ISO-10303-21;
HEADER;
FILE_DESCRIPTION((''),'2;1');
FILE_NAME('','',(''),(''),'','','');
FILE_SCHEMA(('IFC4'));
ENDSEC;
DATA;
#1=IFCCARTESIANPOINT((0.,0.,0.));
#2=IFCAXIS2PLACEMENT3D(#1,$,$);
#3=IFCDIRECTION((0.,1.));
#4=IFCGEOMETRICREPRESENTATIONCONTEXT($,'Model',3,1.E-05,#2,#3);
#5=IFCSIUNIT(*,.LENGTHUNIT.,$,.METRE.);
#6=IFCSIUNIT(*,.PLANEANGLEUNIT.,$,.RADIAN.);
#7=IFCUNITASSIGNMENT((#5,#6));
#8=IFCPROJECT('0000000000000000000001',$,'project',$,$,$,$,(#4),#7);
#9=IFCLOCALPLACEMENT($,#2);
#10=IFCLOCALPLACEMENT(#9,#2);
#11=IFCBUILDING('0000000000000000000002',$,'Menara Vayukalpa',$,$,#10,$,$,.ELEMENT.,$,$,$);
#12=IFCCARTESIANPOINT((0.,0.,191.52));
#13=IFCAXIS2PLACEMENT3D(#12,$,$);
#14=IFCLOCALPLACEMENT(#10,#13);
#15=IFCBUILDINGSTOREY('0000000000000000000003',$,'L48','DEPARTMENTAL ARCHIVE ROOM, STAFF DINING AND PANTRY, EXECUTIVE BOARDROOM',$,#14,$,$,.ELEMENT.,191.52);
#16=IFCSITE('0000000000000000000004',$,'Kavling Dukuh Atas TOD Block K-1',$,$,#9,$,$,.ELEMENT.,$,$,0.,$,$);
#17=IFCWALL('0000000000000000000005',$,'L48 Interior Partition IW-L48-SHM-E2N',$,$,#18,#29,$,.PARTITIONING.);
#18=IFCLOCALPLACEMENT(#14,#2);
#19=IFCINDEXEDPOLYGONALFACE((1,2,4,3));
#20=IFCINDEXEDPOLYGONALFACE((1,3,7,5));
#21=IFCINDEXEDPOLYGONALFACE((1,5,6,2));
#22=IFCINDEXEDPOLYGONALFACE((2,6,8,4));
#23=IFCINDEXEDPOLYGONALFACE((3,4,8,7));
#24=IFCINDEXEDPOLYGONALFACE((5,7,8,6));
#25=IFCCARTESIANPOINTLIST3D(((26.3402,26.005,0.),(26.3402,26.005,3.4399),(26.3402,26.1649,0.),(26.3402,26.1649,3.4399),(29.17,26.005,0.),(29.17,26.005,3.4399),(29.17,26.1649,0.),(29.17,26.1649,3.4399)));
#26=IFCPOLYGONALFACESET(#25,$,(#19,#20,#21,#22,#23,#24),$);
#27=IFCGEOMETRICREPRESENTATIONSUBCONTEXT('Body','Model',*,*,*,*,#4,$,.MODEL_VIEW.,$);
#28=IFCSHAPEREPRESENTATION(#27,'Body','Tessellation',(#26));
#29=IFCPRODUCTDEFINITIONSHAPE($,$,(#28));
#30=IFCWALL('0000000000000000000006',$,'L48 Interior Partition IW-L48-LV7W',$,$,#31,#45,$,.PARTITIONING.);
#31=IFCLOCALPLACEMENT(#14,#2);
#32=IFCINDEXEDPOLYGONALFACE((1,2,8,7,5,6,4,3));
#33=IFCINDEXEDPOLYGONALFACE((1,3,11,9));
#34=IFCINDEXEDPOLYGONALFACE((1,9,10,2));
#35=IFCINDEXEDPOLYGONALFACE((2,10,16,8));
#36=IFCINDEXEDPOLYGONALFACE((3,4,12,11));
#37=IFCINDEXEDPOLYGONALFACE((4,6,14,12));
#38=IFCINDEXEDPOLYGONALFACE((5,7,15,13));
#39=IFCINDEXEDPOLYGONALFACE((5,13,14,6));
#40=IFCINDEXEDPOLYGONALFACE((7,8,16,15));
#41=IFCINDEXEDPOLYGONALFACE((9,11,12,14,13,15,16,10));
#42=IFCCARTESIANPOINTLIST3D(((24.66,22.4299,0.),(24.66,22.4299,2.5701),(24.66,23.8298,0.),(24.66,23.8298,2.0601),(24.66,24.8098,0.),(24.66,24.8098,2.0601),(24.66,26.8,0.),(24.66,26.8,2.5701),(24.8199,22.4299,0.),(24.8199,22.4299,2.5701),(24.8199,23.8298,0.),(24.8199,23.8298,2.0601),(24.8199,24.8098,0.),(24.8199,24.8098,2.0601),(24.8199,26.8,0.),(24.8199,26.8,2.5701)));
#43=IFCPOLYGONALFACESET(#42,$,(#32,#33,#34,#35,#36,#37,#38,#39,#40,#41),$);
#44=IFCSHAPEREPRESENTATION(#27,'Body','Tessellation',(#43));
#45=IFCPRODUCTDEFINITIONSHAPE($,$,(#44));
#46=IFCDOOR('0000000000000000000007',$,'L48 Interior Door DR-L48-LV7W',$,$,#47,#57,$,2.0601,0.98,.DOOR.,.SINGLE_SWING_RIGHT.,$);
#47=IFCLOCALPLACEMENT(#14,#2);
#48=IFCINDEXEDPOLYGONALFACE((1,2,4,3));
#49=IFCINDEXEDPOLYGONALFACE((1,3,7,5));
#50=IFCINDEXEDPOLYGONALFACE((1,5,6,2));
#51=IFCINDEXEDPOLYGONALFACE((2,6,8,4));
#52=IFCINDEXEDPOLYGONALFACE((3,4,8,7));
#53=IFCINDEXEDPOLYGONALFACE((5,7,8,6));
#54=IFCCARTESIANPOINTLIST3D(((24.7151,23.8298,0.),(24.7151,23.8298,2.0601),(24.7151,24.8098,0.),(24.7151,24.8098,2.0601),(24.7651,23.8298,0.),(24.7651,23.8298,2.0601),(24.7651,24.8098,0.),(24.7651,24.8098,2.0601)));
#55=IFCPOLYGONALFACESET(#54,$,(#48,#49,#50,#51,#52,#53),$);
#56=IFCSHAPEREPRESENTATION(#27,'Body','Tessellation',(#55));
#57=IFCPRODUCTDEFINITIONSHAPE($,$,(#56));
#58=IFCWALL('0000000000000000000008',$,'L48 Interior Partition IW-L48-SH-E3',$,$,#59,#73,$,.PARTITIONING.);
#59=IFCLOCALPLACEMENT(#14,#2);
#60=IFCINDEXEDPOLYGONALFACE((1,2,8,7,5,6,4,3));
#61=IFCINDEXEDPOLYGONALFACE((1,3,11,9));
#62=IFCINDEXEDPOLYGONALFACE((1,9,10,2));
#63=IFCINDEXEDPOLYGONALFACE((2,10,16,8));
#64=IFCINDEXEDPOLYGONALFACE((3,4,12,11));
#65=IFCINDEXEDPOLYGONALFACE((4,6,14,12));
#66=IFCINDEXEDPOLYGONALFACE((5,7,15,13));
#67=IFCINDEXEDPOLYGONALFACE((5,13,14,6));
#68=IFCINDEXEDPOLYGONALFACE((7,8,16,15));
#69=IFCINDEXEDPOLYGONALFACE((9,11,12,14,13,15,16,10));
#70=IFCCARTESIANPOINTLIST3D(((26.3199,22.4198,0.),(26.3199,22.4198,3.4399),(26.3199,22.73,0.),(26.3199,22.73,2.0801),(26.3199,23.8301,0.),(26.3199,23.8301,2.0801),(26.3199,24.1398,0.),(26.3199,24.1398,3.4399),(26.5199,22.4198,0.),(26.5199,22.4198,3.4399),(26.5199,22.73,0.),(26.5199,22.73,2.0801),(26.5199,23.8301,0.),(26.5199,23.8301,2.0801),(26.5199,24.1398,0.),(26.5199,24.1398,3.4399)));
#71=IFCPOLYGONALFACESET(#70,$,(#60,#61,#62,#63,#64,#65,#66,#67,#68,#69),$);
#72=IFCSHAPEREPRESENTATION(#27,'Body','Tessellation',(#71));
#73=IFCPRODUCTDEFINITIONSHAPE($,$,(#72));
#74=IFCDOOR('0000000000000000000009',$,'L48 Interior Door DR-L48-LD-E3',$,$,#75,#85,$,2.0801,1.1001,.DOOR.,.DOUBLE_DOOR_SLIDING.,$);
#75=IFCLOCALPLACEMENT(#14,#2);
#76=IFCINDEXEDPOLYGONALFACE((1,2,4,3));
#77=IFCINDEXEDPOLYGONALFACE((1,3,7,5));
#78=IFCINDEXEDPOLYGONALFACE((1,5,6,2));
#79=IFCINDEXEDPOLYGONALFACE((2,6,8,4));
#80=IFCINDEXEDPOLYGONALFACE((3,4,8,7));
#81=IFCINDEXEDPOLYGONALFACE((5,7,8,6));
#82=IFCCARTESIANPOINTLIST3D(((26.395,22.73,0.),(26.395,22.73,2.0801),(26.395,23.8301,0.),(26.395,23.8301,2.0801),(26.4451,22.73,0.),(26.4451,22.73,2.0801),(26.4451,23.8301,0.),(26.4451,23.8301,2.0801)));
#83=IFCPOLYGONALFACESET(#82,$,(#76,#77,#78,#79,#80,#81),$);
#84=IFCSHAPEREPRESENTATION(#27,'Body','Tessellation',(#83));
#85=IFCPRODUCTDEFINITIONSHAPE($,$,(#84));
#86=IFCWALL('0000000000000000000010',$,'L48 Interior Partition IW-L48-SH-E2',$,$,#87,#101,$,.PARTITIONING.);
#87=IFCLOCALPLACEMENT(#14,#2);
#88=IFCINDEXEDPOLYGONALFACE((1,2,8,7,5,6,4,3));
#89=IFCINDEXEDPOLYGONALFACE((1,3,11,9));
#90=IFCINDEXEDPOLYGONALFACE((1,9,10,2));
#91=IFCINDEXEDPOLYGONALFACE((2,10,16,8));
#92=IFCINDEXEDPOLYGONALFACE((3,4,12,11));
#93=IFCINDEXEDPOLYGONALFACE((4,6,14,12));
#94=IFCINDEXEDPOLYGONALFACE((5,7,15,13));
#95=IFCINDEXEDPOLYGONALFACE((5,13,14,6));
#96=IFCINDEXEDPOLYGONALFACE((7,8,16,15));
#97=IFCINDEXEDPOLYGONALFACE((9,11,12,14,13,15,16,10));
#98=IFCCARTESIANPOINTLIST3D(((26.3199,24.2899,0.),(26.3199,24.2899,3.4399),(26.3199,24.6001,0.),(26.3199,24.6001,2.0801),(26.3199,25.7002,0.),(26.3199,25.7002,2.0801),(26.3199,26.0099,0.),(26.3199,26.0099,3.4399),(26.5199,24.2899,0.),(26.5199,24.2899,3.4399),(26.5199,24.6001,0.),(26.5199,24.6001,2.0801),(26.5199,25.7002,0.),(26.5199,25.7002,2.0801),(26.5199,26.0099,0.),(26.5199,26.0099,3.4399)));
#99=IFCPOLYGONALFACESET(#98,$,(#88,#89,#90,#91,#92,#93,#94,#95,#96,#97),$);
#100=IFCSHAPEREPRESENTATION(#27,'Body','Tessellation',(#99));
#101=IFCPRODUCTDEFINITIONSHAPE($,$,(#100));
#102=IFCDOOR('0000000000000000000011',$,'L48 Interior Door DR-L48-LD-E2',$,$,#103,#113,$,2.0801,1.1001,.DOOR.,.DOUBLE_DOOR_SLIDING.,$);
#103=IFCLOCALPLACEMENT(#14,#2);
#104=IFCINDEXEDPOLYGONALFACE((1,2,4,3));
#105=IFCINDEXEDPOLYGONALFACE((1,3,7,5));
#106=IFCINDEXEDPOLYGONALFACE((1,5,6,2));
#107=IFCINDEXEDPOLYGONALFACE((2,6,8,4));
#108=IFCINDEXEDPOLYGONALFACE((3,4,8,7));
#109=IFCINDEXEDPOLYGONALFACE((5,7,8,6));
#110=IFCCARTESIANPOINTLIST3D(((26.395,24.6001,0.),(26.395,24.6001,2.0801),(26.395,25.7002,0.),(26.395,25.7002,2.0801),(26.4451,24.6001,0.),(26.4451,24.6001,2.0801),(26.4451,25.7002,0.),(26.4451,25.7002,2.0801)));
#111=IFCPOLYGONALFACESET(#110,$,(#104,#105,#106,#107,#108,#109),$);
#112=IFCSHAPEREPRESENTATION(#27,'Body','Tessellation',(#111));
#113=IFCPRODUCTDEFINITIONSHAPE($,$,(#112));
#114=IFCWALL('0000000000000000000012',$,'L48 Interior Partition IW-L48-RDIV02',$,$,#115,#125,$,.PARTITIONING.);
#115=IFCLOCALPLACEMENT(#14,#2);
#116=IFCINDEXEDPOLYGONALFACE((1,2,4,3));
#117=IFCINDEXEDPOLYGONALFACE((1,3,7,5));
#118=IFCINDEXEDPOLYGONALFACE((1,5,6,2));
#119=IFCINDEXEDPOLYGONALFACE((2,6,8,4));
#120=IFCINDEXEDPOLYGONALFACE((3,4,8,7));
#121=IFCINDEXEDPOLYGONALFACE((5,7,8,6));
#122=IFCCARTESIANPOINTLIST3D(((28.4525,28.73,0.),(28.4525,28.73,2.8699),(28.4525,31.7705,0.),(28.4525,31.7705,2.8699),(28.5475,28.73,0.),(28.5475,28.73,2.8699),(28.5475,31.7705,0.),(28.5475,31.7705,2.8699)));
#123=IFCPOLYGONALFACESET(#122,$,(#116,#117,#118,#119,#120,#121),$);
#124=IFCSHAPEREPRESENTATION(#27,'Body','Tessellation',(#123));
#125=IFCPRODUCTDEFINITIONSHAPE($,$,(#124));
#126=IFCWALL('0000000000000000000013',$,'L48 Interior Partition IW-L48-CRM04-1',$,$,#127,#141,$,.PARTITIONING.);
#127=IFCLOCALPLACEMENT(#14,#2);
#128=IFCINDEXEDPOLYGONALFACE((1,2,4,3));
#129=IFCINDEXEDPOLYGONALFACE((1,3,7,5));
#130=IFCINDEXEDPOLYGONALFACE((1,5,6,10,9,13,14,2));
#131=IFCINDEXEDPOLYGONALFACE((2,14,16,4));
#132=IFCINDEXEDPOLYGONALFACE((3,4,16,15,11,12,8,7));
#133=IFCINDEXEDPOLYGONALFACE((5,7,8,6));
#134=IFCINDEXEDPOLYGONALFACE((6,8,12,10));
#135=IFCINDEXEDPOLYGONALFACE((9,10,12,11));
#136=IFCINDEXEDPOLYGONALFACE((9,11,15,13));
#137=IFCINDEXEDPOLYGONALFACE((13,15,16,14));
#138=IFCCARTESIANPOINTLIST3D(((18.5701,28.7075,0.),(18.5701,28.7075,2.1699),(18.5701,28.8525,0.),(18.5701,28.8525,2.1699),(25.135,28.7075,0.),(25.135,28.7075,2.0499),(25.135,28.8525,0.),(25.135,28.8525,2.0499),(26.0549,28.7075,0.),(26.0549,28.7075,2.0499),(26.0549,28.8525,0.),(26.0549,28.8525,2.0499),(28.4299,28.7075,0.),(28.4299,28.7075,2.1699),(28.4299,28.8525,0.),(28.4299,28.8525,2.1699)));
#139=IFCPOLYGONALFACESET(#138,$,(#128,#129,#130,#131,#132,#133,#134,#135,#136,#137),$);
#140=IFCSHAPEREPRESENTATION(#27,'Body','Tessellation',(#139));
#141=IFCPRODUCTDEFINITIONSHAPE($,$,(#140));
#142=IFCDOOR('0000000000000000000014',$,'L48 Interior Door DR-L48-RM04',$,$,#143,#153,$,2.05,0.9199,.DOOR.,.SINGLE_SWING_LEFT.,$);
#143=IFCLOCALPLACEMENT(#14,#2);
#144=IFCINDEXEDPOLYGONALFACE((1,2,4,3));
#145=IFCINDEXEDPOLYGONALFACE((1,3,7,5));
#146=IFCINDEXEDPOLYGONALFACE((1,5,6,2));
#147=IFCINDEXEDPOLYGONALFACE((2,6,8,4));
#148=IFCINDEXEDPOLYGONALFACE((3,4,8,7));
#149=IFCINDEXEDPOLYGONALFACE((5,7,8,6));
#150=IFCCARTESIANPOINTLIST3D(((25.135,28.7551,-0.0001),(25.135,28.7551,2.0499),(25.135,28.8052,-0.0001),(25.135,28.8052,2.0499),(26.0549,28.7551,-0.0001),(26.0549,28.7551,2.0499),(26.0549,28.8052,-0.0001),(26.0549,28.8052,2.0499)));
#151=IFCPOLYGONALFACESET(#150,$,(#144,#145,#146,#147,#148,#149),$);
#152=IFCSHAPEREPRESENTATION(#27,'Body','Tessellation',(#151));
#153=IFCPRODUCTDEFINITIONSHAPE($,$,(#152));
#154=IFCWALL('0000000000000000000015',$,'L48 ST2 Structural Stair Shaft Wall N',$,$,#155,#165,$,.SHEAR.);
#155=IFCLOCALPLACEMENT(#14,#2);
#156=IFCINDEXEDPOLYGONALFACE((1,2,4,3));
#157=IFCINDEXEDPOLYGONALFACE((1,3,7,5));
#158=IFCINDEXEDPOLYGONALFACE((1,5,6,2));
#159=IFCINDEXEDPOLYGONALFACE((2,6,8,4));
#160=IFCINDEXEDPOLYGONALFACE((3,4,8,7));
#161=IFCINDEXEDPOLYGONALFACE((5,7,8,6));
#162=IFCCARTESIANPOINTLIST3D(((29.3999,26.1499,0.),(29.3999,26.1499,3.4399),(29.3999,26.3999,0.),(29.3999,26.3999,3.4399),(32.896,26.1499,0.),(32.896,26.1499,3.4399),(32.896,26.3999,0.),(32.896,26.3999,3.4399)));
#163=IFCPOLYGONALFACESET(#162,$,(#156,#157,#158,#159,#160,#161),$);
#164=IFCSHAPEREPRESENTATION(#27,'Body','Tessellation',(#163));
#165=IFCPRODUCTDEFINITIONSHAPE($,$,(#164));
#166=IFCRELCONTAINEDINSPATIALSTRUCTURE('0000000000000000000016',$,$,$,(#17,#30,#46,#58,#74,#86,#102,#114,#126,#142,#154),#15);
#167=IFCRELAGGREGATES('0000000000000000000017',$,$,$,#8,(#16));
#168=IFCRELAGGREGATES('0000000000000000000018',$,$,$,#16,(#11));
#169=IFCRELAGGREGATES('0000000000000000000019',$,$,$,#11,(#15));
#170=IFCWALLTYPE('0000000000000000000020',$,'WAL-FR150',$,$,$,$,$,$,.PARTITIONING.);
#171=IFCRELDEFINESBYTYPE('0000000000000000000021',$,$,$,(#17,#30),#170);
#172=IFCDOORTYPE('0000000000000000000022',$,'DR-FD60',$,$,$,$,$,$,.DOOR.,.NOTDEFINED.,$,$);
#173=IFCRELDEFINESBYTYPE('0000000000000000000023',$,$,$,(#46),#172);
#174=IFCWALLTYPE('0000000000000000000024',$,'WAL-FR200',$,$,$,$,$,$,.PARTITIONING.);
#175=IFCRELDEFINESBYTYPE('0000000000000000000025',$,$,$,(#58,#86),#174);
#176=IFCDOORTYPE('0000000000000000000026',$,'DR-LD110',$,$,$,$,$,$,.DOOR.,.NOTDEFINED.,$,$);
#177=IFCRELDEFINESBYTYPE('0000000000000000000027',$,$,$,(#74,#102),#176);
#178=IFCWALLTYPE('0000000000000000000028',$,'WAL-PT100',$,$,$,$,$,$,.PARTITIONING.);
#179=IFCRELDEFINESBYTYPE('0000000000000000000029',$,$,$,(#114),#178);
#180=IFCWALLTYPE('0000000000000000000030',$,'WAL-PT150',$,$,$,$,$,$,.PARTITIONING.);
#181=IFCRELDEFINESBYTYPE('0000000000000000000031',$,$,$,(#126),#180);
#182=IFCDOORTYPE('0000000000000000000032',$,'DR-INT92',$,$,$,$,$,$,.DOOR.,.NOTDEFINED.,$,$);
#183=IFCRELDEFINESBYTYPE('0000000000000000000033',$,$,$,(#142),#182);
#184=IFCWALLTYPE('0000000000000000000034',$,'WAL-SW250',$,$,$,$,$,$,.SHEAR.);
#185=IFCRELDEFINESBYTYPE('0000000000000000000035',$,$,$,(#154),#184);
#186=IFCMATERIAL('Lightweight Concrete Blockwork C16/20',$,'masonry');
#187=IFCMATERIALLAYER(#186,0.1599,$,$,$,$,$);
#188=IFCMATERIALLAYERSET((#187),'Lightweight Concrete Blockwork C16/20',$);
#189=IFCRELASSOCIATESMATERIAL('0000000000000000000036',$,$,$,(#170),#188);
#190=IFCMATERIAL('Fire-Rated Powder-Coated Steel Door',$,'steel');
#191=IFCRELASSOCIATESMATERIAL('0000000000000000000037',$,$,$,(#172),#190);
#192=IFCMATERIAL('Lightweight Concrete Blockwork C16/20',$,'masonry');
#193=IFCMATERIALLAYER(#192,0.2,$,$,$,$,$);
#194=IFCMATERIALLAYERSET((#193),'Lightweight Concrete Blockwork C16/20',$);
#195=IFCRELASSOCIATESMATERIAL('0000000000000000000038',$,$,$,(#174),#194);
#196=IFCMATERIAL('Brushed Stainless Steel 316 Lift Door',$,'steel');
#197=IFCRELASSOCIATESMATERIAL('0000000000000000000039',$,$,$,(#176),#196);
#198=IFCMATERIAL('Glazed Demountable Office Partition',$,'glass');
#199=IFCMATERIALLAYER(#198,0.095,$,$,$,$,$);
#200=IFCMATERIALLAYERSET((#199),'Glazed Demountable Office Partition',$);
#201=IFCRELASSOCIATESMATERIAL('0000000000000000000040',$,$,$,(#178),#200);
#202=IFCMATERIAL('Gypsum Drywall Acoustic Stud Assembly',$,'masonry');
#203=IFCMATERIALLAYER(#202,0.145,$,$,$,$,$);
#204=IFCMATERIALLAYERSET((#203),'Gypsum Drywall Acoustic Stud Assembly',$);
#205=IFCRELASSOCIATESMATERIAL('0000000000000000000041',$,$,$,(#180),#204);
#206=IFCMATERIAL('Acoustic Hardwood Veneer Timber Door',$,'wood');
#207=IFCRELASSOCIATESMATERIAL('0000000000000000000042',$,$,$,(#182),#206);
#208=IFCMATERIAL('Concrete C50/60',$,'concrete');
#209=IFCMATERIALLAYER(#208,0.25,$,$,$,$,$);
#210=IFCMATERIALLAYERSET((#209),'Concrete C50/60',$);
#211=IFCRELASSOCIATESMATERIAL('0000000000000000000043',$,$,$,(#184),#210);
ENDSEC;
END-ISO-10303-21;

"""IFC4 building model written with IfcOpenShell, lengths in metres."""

from ifc_helpers import new_model, si_unit, direction, frame, frame_2d, origin, place, context, subcontext, project, spatial, rectangle, extrude, material, layer, layer_set, type_object, element, fill, save


model = new_model("IFC4")

# Units and contexts
model_context = context("Model", 3, precision=1e-05, world=origin(), true_north=direction((0.0, 1.0)))
body_context = subcontext(model_context, "Body", "Model", "MODEL_VIEW")
ifc_project = project(units=[si_unit("LENGTHUNIT", "METRE"), si_unit("PLANEANGLEUNIT", "RADIAN")], contexts=[model_context])

# Site, building, storey
site_placement = place(None, origin())
site = spatial("IfcSite", under=ifc_project, at=site_placement, Name="Kavling Dukuh Atas TOD Block K-1", CompositionType="ELEMENT", RefElevation=0.0)
building_placement = place(site_placement, origin())
building = spatial("IfcBuilding", under=site, at=building_placement, Name="Menara Vayukalpa", CompositionType="ELEMENT")
storey_placement = place(building_placement, frame((0.0, 0.0, 191.52)))
storey = spatial("IfcBuildingStorey", under=building, at=storey_placement, Name="L48", Description="DEPARTMENTAL ARCHIVE ROOM, STAFF DINING AND PANTRY, EXECUTIVE BOARDROOM", CompositionType="ELEMENT", Elevation=191.52)

# Wall
ifc_material_1 = material(Name="Lightweight Concrete Blockwork C16/20", Category="masonry")
ifc_layer_1 = layer(ifc_material_1, 0.1599)
ifc_layer_set_1 = layer_set([ifc_layer_1], Name="Lightweight Concrete Blockwork C16/20")
wall_type_1 = type_object("IfcWallType", Name="WAL-FR150", PredefinedType="PARTITIONING", material=ifc_layer_set_1)
wall_1_placement = place(storey_placement, frame((26.3401, 26.085, 0.0), z_axis=(0.0, 0.0, 1.0), x_axis=(1.0, 0.0, 0.0)))
element("IfcWall", 1, at=wall_1_placement, inside=storey, type_object=wall_type_1, Name="L48 Interior Partition IW-L48-SHM-E2N", PredefinedType="PARTITIONING", context=body_context, shape_type="SweptSolid", body=[
    extrude(rectangle(XDim=2.8298, YDim=0.1599, at=frame_2d((1.415, 0.0))), origin(), (0.0, 0.0, 1.0), 3.4399),
])

# Walls, openings, doors
wall_2_placement = place(storey_placement, frame((24.74, 22.4299, 0.0), z_axis=(0.0, 0.0, 1.0), x_axis=(0.0, 1.0, 0.0)))
wall_2 = element("IfcWall", 2, at=wall_2_placement, inside=storey, type_object=wall_type_1, Name="L48 Interior Partition IW-L48-LV7W", PredefinedType="PARTITIONING", context=body_context, shape_type="SweptSolid", body=[
    extrude(rectangle(XDim=4.3701, YDim=0.1599, at=frame_2d((2.1851, 0.0))), origin(), (0.0, 0.0, 1.0), 2.5701),
])
opening_1_placement = place(wall_2_placement, frame((1.3999, 0.0, 0.0)))
opening_1 = element("IfcOpeningElement", 3, at=opening_1_placement, cuts=wall_2, PredefinedType="OPENING", context=body_context, shape_type="SweptSolid", body=[
    extrude(rectangle(XDim=0.98, YDim=2.0601, at=frame_2d((0.49, 1.03))), frame((0.0, 0.0898, 0.0), z_axis=(0.0, -1.0, 0.0), x_axis=(1.0, 0.0, 0.0)), (0.0, 0.0, 1.0), 0.1799),
])
ifc_material_2 = material(Name="Fire-Rated Powder-Coated Steel Door", Category="steel")
door_type_1 = type_object("IfcDoorType", Name="DR-FD60", OperationType="NOTDEFINED", PredefinedType="DOOR", material=ifc_material_2)
door_1_placement = place(opening_1_placement, origin())
door_1 = element("IfcDoor", 4, at=door_1_placement, inside=storey, type_object=door_type_1, Name="L48 Interior Door DR-L48-LV7W", OperationType="SINGLE_SWING_RIGHT", OverallHeight=2.0601, OverallWidth=0.98, PredefinedType="DOOR", context=body_context, shape_type="SweptSolid", body=[
    extrude(rectangle(XDim=0.98, YDim=2.0601, at=frame_2d((0.49, 1.03))), frame((0.0, 0.0249, 0.0), z_axis=(0.0, -1.0, 0.0), x_axis=(1.0, 0.0, 0.0)), (0.0, 0.0, 1.0), 0.05),
])
fill(opening_1, door_1)
ifc_material_3 = material(Name="Lightweight Concrete Blockwork C16/20", Category="masonry")
ifc_layer_2 = layer(ifc_material_3, 0.2)
ifc_layer_set_2 = layer_set([ifc_layer_2], Name="Lightweight Concrete Blockwork C16/20")
wall_type_2 = type_object("IfcWallType", Name="WAL-FR200", PredefinedType="PARTITIONING", material=ifc_layer_set_2)
wall_3_placement = place(storey_placement, frame((26.4199, 22.4199, 0.0), z_axis=(0.0, 0.0, 1.0), x_axis=(0.0, 1.0, 0.0)))
wall_3 = element("IfcWall", 5, at=wall_3_placement, inside=storey, type_object=wall_type_2, Name="L48 Interior Partition IW-L48-SH-E3", PredefinedType="PARTITIONING", context=body_context, shape_type="SweptSolid", body=[
    extrude(rectangle(XDim=1.72, YDim=0.2, at=frame_2d((0.8599, 0.0))), origin(), (0.0, 0.0, 1.0), 3.4399),
])
opening_2_placement = place(wall_3_placement, frame((0.3101, 0.0, 0.0)))
opening_2 = element("IfcOpeningElement", 6, at=opening_2_placement, cuts=wall_3, PredefinedType="OPENING", context=body_context, shape_type="SweptSolid", body=[
    extrude(rectangle(XDim=1.1001, YDim=2.0801, at=frame_2d((0.55, 1.04))), frame((0.0, 0.1099, 0.0), z_axis=(0.0, -1.0, 0.0), x_axis=(1.0, 0.0, 0.0)), (0.0, 0.0, 1.0), 0.22),
])
ifc_material_4 = material(Name="Brushed Stainless Steel 316 Lift Door", Category="steel")
door_type_2 = type_object("IfcDoorType", Name="DR-LD110", OperationType="NOTDEFINED", PredefinedType="DOOR", material=ifc_material_4)
door_2_placement = place(opening_2_placement, origin())
door_2 = element("IfcDoor", 7, at=door_2_placement, inside=storey, type_object=door_type_2, Name="L48 Interior Door DR-L48-LD-E3", OperationType="DOUBLE_DOOR_SLIDING", OverallHeight=2.0801, OverallWidth=1.1001, PredefinedType="DOOR", context=body_context, shape_type="SweptSolid", body=[
    extrude(rectangle(XDim=1.1001, YDim=2.0801, at=frame_2d((0.55, 1.04))), frame((0.0, 0.0249, 0.0), z_axis=(0.0, -1.0, 0.0), x_axis=(1.0, 0.0, 0.0)), (0.0, 0.0, 1.0), 0.05),
])
fill(opening_2, door_2)
wall_4_placement = place(storey_placement, frame((26.4199, 24.29, 0.0), z_axis=(0.0, 0.0, 1.0), x_axis=(0.0, 1.0, 0.0)))
wall_4 = element("IfcWall", 8, at=wall_4_placement, inside=storey, type_object=wall_type_2, Name="L48 Interior Partition IW-L48-SH-E2", PredefinedType="PARTITIONING", context=body_context, shape_type="SweptSolid", body=[
    extrude(rectangle(XDim=1.72, YDim=0.2, at=frame_2d((0.8599, 0.0))), origin(), (0.0, 0.0, 1.0), 3.4399),
])
opening_3_placement = place(wall_4_placement, frame((0.3101, 0.0, 0.0)))
opening_3 = element("IfcOpeningElement", 9, at=opening_3_placement, cuts=wall_4, PredefinedType="OPENING", context=body_context, shape_type="SweptSolid", body=[
    extrude(rectangle(XDim=1.1001, YDim=2.0801, at=frame_2d((0.55, 1.04))), frame((0.0, 0.1099, 0.0), z_axis=(0.0, -1.0, 0.0), x_axis=(1.0, 0.0, 0.0)), (0.0, 0.0, 1.0), 0.22),
])
door_3_placement = place(opening_3_placement, origin())
door_3 = element("IfcDoor", 10, at=door_3_placement, inside=storey, type_object=door_type_2, Name="L48 Interior Door DR-L48-LD-E2", OperationType="DOUBLE_DOOR_SLIDING", OverallHeight=2.0801, OverallWidth=1.1001, PredefinedType="DOOR", context=body_context, shape_type="SweptSolid", body=[
    extrude(rectangle(XDim=1.1001, YDim=2.0801, at=frame_2d((0.55, 1.04))), frame((0.0, 0.0249, 0.0), z_axis=(0.0, -1.0, 0.0), x_axis=(1.0, 0.0, 0.0)), (0.0, 0.0, 1.0), 0.05),
])
fill(opening_3, door_3)

# Wall
ifc_material_5 = material(Name="Glazed Demountable Office Partition", Category="glass")
ifc_layer_3 = layer(ifc_material_5, 0.095)
ifc_layer_set_3 = layer_set([ifc_layer_3], Name="Glazed Demountable Office Partition")
wall_type_3 = type_object("IfcWallType", Name="WAL-PT100", PredefinedType="PARTITIONING", material=ifc_layer_set_3)
wall_5_placement = place(storey_placement, frame((28.5, 28.73, 0.0), z_axis=(0.0, 0.0, 1.0), x_axis=(0.0, 1.0, 0.0)))
element("IfcWall", 11, at=wall_5_placement, inside=storey, type_object=wall_type_3, Name="L48 Interior Partition IW-L48-RDIV02", PredefinedType="PARTITIONING", context=body_context, shape_type="SweptSolid", body=[
    extrude(rectangle(XDim=3.0405, YDim=0.095, at=frame_2d((1.5203, 0.0))), origin(), (0.0, 0.0, 1.0), 2.8699),
])

# Wall, opening, door
ifc_material_6 = material(Name="Gypsum Drywall Acoustic Stud Assembly", Category="masonry")
ifc_layer_4 = layer(ifc_material_6, 0.145)
ifc_layer_set_4 = layer_set([ifc_layer_4], Name="Gypsum Drywall Acoustic Stud Assembly")
wall_type_4 = type_object("IfcWallType", Name="WAL-PT150", PredefinedType="PARTITIONING", material=ifc_layer_set_4)
wall_6_placement = place(storey_placement, frame((28.4299, 28.78, 0.0), z_axis=(0.0, 0.0, 1.0), x_axis=(-1.0, 0.0, 0.0)))
wall_6 = element("IfcWall", 12, at=wall_6_placement, inside=storey, type_object=wall_type_4, Name="L48 Interior Partition IW-L48-CRM04-1", PredefinedType="PARTITIONING", context=body_context, shape_type="SweptSolid", body=[
    extrude(rectangle(XDim=9.8599, YDim=0.145, at=frame_2d((4.9299, 0.0))), origin(), (0.0, 0.0, 1.0), 2.1699),
])
opening_4_placement = place(wall_6_placement, frame((2.375, 0.0, 0.0)))
opening_4 = element("IfcOpeningElement", 13, at=opening_4_placement, cuts=wall_6, PredefinedType="OPENING", context=body_context, shape_type="SweptSolid", body=[
    extrude(rectangle(XDim=0.9199, YDim=2.05, at=frame_2d((0.46, 1.0249))), frame((0.0, 0.0825, 0.0), z_axis=(0.0, -1.0, 0.0), x_axis=(1.0, 0.0, 0.0)), (0.0, 0.0, 1.0), 0.165),
])
ifc_material_7 = material(Name="Acoustic Hardwood Veneer Timber Door", Category="wood")
door_type_3 = type_object("IfcDoorType", Name="DR-INT92", OperationType="NOTDEFINED", PredefinedType="DOOR", material=ifc_material_7)
door_4_placement = place(opening_4_placement, origin())
door_4 = element("IfcDoor", 14, at=door_4_placement, inside=storey, type_object=door_type_3, Name="L48 Interior Door DR-L48-RM04", OperationType="SINGLE_SWING_LEFT", OverallHeight=2.05, OverallWidth=0.9199, PredefinedType="DOOR", context=body_context, shape_type="SweptSolid", body=[
    extrude(rectangle(XDim=0.9199, YDim=2.05, at=frame_2d((0.46, 1.0249))), frame((0.0, 0.0249, 0.0), z_axis=(0.0, -1.0, 0.0), x_axis=(1.0, 0.0, 0.0)), (0.0, 0.0, 1.0), 0.05),
])
fill(opening_4, door_4)

# Wall
ifc_material_8 = material(Name="Concrete C50/60", Category="concrete")
ifc_layer_5 = layer(ifc_material_8, 0.25)
ifc_layer_set_5 = layer_set([ifc_layer_5], Name="Concrete C50/60")
wall_type_5 = type_object("IfcWallType", Name="WAL-SW250", PredefinedType="SHEAR", material=ifc_layer_set_5)
wall_7_placement = place(storey_placement, frame((29.3999, 26.2749, 0.0), z_axis=(0.0, 0.0, 1.0), x_axis=(1.0, 0.0, 0.0)))
element("IfcWall", 15, at=wall_7_placement, inside=storey, type_object=wall_type_5, Name="L48 ST2 Structural Stair Shaft Wall N", PredefinedType="SHEAR", context=body_context, shape_type="SweptSolid", body=[
    extrude(rectangle(XDim=3.4961, YDim=0.25, at=frame_2d((1.748, 0.0))), origin(), (0.0, 0.0, 1.0), 3.4399),
])

save(model, "model.ifc")
